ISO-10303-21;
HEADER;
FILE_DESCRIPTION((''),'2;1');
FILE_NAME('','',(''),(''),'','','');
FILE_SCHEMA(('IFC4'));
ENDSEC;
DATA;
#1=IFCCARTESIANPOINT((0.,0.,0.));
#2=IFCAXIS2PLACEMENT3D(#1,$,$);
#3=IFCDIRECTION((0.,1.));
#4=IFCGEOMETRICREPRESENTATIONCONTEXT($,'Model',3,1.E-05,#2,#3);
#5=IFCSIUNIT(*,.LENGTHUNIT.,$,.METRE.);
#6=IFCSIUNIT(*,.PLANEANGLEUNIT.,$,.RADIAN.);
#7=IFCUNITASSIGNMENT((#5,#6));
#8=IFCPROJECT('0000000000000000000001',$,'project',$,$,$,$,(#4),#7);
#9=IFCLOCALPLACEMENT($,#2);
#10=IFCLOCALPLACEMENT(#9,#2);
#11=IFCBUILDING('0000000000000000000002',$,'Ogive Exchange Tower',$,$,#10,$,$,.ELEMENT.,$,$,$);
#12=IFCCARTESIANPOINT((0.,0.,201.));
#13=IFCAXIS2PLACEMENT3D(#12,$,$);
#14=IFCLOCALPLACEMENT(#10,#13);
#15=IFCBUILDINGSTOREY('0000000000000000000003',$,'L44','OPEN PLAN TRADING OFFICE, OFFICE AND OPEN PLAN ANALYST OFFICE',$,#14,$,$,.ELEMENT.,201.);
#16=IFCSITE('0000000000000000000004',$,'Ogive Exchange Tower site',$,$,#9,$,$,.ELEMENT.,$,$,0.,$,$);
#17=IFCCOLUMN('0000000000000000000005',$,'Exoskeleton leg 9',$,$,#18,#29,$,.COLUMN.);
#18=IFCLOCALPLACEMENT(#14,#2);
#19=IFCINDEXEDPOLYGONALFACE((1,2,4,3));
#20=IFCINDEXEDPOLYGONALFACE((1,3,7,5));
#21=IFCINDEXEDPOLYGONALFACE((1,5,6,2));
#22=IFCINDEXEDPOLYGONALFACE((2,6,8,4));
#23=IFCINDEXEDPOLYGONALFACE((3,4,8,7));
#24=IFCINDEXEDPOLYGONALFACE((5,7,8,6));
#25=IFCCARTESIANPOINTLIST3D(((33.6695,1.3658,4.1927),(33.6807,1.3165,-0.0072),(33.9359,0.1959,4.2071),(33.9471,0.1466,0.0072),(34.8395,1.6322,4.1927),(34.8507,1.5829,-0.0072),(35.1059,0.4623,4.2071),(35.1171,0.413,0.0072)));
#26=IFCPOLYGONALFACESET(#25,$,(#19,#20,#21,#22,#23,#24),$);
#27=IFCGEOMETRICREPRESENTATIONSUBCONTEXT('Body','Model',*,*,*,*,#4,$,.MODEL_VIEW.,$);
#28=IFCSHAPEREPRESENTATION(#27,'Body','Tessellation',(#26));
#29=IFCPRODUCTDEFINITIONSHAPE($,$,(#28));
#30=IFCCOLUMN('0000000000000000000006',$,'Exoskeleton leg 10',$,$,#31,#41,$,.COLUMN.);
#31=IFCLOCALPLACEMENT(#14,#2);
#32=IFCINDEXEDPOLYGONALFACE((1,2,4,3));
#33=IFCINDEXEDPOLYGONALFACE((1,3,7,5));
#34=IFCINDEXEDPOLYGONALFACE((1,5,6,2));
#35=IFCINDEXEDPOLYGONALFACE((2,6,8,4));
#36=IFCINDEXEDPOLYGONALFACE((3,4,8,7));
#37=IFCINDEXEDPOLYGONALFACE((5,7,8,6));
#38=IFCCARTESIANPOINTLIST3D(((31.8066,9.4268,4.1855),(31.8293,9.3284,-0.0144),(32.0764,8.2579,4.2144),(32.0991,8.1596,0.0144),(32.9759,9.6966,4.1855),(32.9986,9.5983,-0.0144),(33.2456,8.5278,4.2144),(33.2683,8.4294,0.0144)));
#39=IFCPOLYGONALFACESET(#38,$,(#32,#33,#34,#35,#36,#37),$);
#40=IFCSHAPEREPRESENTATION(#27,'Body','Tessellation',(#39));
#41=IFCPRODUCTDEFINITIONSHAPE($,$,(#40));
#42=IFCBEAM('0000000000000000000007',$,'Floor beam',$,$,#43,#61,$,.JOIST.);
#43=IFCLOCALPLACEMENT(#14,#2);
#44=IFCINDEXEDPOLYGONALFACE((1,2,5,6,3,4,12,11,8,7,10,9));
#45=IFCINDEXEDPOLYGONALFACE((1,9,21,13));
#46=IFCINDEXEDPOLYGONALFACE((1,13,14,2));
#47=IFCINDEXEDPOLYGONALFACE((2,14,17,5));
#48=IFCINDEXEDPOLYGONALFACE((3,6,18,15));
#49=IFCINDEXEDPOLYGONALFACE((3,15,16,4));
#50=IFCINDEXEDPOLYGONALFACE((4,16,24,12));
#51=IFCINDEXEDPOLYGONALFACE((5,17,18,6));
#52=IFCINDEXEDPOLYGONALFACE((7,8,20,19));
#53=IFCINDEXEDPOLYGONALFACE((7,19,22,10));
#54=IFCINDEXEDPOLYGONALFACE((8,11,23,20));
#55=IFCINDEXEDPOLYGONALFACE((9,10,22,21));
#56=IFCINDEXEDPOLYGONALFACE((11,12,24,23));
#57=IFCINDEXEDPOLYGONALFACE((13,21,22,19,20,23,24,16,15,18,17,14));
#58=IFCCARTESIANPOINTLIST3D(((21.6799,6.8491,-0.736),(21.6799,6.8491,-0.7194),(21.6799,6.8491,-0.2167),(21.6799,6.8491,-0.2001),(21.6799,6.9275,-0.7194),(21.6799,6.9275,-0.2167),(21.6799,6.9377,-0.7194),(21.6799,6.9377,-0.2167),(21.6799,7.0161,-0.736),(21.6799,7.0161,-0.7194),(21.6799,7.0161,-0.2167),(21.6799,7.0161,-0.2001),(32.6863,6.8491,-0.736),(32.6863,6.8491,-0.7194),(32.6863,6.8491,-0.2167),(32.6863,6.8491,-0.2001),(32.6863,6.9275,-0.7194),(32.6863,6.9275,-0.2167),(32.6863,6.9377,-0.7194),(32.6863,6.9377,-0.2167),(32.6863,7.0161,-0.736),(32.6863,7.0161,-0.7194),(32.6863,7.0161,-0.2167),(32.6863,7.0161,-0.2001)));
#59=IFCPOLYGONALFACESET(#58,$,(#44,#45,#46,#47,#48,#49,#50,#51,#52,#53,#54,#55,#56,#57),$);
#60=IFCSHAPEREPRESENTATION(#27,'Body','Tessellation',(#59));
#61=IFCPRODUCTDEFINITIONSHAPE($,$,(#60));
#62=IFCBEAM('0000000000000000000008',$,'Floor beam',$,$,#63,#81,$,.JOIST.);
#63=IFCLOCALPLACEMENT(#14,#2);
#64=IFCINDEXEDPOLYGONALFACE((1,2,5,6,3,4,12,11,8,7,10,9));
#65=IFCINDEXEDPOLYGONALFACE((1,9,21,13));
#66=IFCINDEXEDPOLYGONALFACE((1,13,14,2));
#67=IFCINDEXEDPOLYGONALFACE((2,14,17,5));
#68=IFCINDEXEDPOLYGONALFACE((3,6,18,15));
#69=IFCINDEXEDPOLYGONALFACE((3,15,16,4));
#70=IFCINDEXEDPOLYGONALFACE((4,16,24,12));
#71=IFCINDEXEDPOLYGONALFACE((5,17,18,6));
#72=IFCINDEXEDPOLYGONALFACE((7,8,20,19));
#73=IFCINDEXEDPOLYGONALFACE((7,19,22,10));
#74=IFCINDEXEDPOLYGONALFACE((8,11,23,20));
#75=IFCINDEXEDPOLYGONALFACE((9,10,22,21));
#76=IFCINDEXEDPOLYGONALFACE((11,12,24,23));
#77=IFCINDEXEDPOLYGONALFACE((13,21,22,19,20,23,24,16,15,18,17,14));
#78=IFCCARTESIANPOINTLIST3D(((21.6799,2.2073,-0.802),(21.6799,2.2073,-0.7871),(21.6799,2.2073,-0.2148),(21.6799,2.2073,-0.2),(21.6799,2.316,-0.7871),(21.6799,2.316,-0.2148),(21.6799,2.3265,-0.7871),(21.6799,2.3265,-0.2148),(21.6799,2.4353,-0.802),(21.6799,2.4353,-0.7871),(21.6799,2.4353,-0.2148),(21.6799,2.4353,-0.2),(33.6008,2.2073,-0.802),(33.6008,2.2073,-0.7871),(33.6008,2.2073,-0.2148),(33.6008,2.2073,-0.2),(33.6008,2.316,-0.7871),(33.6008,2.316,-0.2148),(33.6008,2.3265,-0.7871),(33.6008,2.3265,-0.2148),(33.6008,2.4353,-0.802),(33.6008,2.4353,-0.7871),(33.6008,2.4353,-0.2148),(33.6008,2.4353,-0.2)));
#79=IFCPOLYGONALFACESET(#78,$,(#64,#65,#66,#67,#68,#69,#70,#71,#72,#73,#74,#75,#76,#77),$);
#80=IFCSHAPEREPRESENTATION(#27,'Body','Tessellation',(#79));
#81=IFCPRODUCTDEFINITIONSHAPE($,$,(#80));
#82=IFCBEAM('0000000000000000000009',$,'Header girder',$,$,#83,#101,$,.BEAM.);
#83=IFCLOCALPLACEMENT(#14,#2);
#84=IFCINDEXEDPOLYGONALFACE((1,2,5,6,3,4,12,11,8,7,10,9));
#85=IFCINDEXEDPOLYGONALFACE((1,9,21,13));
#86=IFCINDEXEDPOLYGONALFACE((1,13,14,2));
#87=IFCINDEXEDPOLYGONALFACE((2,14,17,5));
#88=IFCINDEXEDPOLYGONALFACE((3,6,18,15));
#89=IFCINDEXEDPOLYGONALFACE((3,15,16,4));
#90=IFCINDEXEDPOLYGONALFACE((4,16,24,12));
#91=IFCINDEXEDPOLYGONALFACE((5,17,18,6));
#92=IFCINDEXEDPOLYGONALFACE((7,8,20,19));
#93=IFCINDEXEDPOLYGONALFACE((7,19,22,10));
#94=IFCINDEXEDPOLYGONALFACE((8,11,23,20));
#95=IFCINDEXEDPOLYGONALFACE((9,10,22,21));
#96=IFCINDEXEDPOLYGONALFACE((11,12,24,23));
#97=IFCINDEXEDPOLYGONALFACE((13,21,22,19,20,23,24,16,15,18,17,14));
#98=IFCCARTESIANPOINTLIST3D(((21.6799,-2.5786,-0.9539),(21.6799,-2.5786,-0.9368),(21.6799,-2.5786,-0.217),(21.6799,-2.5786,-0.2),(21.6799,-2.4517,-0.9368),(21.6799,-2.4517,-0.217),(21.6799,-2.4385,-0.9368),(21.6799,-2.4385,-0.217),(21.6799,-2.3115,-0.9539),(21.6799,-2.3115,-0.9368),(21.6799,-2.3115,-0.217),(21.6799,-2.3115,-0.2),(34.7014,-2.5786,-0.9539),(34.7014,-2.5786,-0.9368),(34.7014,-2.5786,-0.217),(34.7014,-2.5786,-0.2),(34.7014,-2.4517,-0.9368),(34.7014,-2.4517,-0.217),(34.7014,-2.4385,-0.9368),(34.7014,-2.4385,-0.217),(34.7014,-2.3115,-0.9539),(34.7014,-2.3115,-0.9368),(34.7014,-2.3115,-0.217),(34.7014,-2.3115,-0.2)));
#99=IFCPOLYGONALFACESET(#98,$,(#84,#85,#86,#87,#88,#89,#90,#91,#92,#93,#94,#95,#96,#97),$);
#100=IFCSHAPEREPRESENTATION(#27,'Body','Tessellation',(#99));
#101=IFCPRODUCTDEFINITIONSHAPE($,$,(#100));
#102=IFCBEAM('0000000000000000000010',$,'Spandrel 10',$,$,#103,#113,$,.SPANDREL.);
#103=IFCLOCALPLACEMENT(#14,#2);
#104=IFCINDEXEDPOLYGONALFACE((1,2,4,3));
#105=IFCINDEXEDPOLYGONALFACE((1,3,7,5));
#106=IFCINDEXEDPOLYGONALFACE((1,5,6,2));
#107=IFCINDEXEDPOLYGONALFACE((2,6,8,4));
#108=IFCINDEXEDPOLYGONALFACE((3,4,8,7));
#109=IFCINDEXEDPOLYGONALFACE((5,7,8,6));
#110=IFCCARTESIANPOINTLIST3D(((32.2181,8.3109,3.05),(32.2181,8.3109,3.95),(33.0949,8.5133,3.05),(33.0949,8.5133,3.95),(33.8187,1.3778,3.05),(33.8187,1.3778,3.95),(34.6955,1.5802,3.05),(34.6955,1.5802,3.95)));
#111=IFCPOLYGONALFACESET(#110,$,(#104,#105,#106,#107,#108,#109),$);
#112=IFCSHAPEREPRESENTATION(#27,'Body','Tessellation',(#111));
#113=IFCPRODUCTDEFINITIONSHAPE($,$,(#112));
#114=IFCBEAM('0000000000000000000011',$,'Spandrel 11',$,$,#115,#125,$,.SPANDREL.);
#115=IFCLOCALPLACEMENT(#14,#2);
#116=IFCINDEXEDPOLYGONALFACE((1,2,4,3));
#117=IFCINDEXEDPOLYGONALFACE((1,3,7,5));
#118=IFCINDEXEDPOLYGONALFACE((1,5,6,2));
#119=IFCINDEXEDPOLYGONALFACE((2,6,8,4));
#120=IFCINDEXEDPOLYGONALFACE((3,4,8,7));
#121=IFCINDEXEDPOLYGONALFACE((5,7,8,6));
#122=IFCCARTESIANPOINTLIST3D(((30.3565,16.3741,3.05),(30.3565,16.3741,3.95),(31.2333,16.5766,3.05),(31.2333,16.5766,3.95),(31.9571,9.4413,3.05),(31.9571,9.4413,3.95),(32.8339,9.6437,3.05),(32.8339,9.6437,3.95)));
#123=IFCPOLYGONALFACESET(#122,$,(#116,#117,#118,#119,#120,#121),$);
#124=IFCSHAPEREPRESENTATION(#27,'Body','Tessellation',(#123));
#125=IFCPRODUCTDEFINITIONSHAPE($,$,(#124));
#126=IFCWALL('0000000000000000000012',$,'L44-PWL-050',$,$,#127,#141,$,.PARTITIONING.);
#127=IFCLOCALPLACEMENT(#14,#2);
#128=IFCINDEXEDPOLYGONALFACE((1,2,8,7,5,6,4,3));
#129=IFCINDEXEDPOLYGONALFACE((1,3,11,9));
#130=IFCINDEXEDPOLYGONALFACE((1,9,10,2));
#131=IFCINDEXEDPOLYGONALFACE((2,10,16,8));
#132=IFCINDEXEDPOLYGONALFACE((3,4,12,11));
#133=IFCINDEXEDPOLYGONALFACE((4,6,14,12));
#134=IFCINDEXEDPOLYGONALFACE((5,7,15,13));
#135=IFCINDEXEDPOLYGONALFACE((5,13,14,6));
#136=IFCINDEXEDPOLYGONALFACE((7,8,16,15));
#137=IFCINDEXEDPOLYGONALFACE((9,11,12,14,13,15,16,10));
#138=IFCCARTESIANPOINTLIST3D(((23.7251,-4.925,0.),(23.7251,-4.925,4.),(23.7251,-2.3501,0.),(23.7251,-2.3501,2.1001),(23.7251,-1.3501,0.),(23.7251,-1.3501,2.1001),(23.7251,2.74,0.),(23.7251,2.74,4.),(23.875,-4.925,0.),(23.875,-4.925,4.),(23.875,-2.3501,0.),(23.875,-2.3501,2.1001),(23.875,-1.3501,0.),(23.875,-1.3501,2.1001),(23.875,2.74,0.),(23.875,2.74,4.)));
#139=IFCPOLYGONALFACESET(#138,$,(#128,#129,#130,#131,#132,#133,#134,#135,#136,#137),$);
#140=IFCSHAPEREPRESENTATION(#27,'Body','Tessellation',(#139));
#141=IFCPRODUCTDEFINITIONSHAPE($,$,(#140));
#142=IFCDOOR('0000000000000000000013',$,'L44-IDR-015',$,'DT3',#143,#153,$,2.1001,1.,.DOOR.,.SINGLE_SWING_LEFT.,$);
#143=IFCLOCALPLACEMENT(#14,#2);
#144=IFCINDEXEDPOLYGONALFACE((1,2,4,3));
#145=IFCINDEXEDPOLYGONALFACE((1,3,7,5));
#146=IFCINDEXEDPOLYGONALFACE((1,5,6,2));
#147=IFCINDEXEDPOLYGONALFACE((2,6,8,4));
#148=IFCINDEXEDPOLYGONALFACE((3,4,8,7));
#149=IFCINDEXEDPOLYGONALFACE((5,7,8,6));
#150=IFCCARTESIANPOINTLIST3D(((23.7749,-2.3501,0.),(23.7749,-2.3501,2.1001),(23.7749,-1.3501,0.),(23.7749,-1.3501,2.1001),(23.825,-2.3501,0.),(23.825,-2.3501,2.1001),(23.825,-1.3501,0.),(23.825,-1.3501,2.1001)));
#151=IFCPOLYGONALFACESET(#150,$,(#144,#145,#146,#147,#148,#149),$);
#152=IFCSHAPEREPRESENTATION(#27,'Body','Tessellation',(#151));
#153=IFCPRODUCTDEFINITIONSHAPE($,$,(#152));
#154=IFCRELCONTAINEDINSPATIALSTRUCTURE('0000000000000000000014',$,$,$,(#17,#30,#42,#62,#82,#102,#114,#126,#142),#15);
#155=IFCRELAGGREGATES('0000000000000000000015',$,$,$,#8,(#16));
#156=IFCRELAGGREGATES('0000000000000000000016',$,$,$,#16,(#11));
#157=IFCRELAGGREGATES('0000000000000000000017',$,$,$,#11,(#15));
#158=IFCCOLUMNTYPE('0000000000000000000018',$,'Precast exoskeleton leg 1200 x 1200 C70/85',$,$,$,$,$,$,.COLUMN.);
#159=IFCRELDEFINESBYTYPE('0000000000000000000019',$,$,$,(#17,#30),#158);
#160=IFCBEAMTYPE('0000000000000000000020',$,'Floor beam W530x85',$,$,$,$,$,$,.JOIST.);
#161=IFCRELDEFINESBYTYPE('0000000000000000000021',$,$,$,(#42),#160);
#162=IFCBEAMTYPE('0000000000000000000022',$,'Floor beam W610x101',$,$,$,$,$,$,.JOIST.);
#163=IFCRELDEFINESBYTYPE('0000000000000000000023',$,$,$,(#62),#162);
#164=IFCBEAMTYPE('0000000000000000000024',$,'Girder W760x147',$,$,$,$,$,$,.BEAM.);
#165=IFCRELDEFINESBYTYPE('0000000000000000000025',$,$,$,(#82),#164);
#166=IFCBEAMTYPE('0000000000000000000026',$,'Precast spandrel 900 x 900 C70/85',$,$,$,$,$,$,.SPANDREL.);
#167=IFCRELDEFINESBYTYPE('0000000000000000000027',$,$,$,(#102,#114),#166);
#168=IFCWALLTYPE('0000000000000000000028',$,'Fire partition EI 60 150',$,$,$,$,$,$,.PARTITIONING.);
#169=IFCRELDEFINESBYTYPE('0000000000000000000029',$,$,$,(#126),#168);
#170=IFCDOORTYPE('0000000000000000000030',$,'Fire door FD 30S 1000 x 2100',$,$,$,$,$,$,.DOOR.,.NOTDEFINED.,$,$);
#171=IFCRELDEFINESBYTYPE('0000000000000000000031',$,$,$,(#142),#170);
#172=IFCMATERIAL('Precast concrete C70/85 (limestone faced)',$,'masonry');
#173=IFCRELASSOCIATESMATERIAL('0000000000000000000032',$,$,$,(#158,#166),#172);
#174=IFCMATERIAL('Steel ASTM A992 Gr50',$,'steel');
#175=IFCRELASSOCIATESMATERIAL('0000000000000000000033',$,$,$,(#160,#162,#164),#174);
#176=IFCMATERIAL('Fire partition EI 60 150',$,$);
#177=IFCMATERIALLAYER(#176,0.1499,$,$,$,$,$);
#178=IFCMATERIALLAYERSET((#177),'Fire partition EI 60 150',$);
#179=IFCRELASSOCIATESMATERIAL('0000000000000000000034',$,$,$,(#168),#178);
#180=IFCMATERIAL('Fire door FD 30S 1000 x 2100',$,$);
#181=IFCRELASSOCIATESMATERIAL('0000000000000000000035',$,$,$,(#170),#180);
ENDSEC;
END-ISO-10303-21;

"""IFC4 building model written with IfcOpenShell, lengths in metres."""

from ifc_helpers import new_model, si_unit, direction, frame, frame_2d, origin, origin_2d, place, context, subcontext, project, spatial, rectangle, i_section, extrude, material, layer, layer_set, material_profile, profile_set, type_object, element, fill, save


model = new_model("IFC4")

# Units and contexts
model_context = context("Model", 3, precision=1e-05, world=origin(), true_north=direction((0.0, 1.0)))
body_context = subcontext(model_context, "Body", "Model", "MODEL_VIEW")
ifc_project = project(units=[si_unit("LENGTHUNIT", "METRE"), si_unit("PLANEANGLEUNIT", "RADIAN")], contexts=[model_context])

# Site, building, storey
site_placement = place(None, origin())
site = spatial("IfcSite", under=ifc_project, at=site_placement, Name="Ogive Exchange Tower site", CompositionType="ELEMENT", RefElevation=0.0)
building_placement = place(site_placement, origin())
building = spatial("IfcBuilding", under=site, at=building_placement, Name="Ogive Exchange Tower", CompositionType="ELEMENT")
storey_placement = place(building_placement, frame((0.0, 0.0, 201.0)))
storey = spatial("IfcBuildingStorey", under=building, at=storey_placement, Name="L44", Description="OPEN PLAN TRADING OFFICE, OFFICE AND OPEN PLAN ANALYST OFFICE", CompositionType="ELEMENT", Elevation=201.0)

# Columns
ifc_material_1 = material(Name="Precast concrete C70/85 (limestone faced)", Category="masonry")
ifc_material_profile_1 = material_profile(ifc_material_1, rectangle(XDim=1.2, YDim=1.2, at=origin_2d()), Name="1200 x 1200")
ifc_profile_set_1 = profile_set([ifc_material_profile_1], Name="Precast concrete C70/85 (limestone faced)")
column_type = type_object("IfcColumnType", Name="Precast exoskeleton leg 1200 x 1200 C70/85", PredefinedType="COLUMN", material=ifc_profile_set_1)
column_1_placement = place(storey_placement, frame((34.3989, 0.8647, 0.0), z_axis=(-0.002674, 0.011741, 0.999927), x_axis=(-0.975038, -0.222038, 0.0)))
element("IfcColumn", 1, at=column_1_placement, inside=storey, type_object=column_type, Name="Exoskeleton leg 9", PredefinedType="COLUMN", context=body_context, shape_type="SweptSolid", body=[
    extrude(rectangle(XDim=1.2, YDim=1.2, at=origin_2d()), origin(), (0.0, 0.0, 1.0), 4.2002),
])
column_2_placement = place(storey_placement, frame((32.5488, 8.8789, 0.0), z_axis=(-0.005404, 0.023419, 0.999711), x_axis=(-0.974391, -0.22486, 0.0)))
element("IfcColumn", 2, at=column_2_placement, inside=storey, type_object=column_type, Name="Exoskeleton leg 10", PredefinedType="COLUMN", context=body_context, shape_type="SweptSolid", body=[
    extrude(rectangle(XDim=1.2, YDim=1.2, at=origin_2d()), origin(), (0.0, 0.0, 1.0), 4.2012),
])

# Beams
ifc_material_2 = material(Name="Steel ASTM A992 Gr50", Category="steel")
ifc_material_profile_2 = material_profile(ifc_material_2, i_section(OverallWidth=0.167, OverallDepth=0.5359, WebThickness=0.0103, FlangeThickness=0.0166, at=origin_2d()), Name="W530x85")
ifc_profile_set_2 = profile_set([ifc_material_profile_2], Name="Steel ASTM A992 Gr50")
beam_type_1 = type_object("IfcBeamType", Name="Floor beam W530x85", PredefinedType="JOIST", material=ifc_profile_set_2)
beam_1_placement = place(storey_placement, frame((21.6799, 6.9326, -0.468), z_axis=(1.0, 0.0, 0.0), x_axis=(0.0, 1.0, 0.0)))
element("IfcBeam", 3, at=beam_1_placement, inside=storey, type_object=beam_type_1, Name="Floor beam", PredefinedType="JOIST", context=body_context, shape_type="SweptSolid", body=[
    extrude(i_section(OverallWidth=0.167, OverallDepth=0.5359, WebThickness=0.0103, FlangeThickness=0.0166, at=origin_2d()), origin(), (0.0, 0.0, 1.0), 11.0063),
])
ifc_material_profile_3 = material_profile(ifc_material_2, i_section(OverallWidth=0.228, OverallDepth=0.6021, WebThickness=0.0105, FlangeThickness=0.0149, at=origin_2d()), Name="W610x101")
ifc_profile_set_3 = profile_set([ifc_material_profile_3], Name="Steel ASTM A992 Gr50")
beam_type_2 = type_object("IfcBeamType", Name="Floor beam W610x101", PredefinedType="JOIST", material=ifc_profile_set_3)
beam_2_placement = place(storey_placement, frame((21.6799, 2.3213, -0.501), z_axis=(1.0, 0.0, 0.0), x_axis=(0.0, 1.0, 0.0)))
element("IfcBeam", 4, at=beam_2_placement, inside=storey, type_object=beam_type_2, Name="Floor beam", PredefinedType="JOIST", context=body_context, shape_type="SweptSolid", body=[
    extrude(i_section(OverallWidth=0.228, OverallDepth=0.6021, WebThickness=0.0105, FlangeThickness=0.0149, at=origin_2d()), origin(), (0.0, 0.0, 1.0), 11.9209),
])
ifc_material_profile_4 = material_profile(ifc_material_2, i_section(OverallWidth=0.2671, OverallDepth=0.7539, WebThickness=0.0132, FlangeThickness=0.0171, at=origin_2d()), Name="W760x147")
ifc_profile_set_4 = profile_set([ifc_material_profile_4], Name="Steel ASTM A992 Gr50")
beam_type_3 = type_object("IfcBeamType", Name="Girder W760x147", PredefinedType="BEAM", material=ifc_profile_set_4)
beam_3_placement = place(storey_placement, frame((21.6799, -2.4451, -0.5769), z_axis=(1.0, 0.0, 0.0), x_axis=(0.0, 1.0, 0.0)))
element("IfcBeam", 5, at=beam_3_placement, inside=storey, type_object=beam_type_3, Name="Header girder", PredefinedType="BEAM", context=body_context, shape_type="SweptSolid", body=[
    extrude(i_section(OverallWidth=0.2671, OverallDepth=0.7539, WebThickness=0.0132, FlangeThickness=0.0171, at=origin_2d()), origin(), (0.0, 0.0, 1.0), 13.0215),
])
ifc_material_profile_5 = material_profile(ifc_material_1, rectangle(XDim=0.8999, YDim=0.8999, at=origin_2d()), Name="900 x 900")
ifc_profile_set_5 = profile_set([ifc_material_profile_5], Name="Precast concrete C70/85 (limestone faced)")
beam_type_4 = type_object("IfcBeamType", Name="Precast spandrel 900 x 900 C70/85", PredefinedType="SPANDREL", material=ifc_profile_set_5)
beam_4_placement = place(storey_placement, frame((34.2571, 1.479, 3.5), z_axis=(-0.224945, 0.974372, 0.0), x_axis=(-0.974372, -0.224945, 0.0)))
element("IfcBeam", 6, at=beam_4_placement, inside=storey, type_object=beam_type_4, Name="Spandrel 10", PredefinedType="SPANDREL", context=body_context, shape_type="SweptSolid", body=[
    extrude(rectangle(XDim=0.8999, YDim=0.8999, at=origin_2d()), origin(), (0.0, 0.0, 1.0), 7.1155),
])
beam_5_placement = place(storey_placement, frame((32.3955, 9.5425, 3.5), z_axis=(-0.224952, 0.97437, 0.0), x_axis=(-0.97437, -0.224952, 0.0)))
element("IfcBeam", 7, at=beam_5_placement, inside=storey, type_object=beam_type_4, Name="Spandrel 11", PredefinedType="SPANDREL", context=body_context, shape_type="SweptSolid", body=[
    extrude(rectangle(XDim=0.8999, YDim=0.8999, at=origin_2d()), origin(), (0.0, 0.0, 1.0), 7.1152),
])

# Wall, opening, door
ifc_material_3 = material(Name="Fire partition EI 60 150")
ifc_layer_1 = layer(ifc_material_3, 0.1499)
ifc_layer_set_1 = layer_set([ifc_layer_1], Name="Fire partition EI 60 150")
wall_type_1 = type_object("IfcWallType", Name="Fire partition EI 60 150", PredefinedType="PARTITIONING", material=ifc_layer_set_1)
wall_1_placement = place(storey_placement, frame((23.8, 2.74, 0.0), z_axis=(0.0, 0.0, 1.0), x_axis=(0.0, -1.0, 0.0)))
wall_1 = element("IfcWall", 8, at=wall_1_placement, inside=storey, type_object=wall_type_1, Name="L44-PWL-050", PredefinedType="PARTITIONING", context=body_context, shape_type="SweptSolid", body=[
    extrude(rectangle(XDim=7.665, YDim=0.1499, at=frame_2d((3.8325, 0.0))), origin(), (0.0, 0.0, 1.0), 4.0),
])
opening_1_placement = place(wall_1_placement, frame((4.0901, 0.0, 0.0)))
opening_1 = element("IfcOpeningElement", 9, at=opening_1_placement, cuts=wall_1, PredefinedType="OPENING", context=body_context, shape_type="SweptSolid", body=[
    extrude(rectangle(XDim=1.0, YDim=2.1001, at=frame_2d((0.5, 1.05))), frame((0.0, 0.085, 0.0), z_axis=(0.0, -1.0, 0.0), x_axis=(1.0, 0.0, 0.0)), (0.0, 0.0, 1.0), 0.1699),
])
ifc_material_4 = material(Name="Fire door FD 30S 1000 x 2100")
door_type_1 = type_object("IfcDoorType", Name="Fire door FD 30S 1000 x 2100", OperationType="NOTDEFINED", PredefinedType="DOOR", material=ifc_material_4)
door_1_placement = place(opening_1_placement, origin())
door_1 = element("IfcDoor", 10, at=door_1_placement, inside=storey, type_object=door_type_1, Name="L44-IDR-015", ObjectType="DT3", OperationType="SINGLE_SWING_LEFT", OverallHeight=2.1001, OverallWidth=1.0, PredefinedType="DOOR", context=body_context, shape_type="SweptSolid", body=[
    extrude(rectangle(XDim=1.0, YDim=2.1001, at=frame_2d((0.5, 1.05))), frame((0.0, 0.0249, 0.0), z_axis=(0.0, -1.0, 0.0), x_axis=(1.0, 0.0, 0.0)), (0.0, 0.0, 1.0), 0.05),
])
fill(opening_1, door_1)

save(model, "model.ifc")
